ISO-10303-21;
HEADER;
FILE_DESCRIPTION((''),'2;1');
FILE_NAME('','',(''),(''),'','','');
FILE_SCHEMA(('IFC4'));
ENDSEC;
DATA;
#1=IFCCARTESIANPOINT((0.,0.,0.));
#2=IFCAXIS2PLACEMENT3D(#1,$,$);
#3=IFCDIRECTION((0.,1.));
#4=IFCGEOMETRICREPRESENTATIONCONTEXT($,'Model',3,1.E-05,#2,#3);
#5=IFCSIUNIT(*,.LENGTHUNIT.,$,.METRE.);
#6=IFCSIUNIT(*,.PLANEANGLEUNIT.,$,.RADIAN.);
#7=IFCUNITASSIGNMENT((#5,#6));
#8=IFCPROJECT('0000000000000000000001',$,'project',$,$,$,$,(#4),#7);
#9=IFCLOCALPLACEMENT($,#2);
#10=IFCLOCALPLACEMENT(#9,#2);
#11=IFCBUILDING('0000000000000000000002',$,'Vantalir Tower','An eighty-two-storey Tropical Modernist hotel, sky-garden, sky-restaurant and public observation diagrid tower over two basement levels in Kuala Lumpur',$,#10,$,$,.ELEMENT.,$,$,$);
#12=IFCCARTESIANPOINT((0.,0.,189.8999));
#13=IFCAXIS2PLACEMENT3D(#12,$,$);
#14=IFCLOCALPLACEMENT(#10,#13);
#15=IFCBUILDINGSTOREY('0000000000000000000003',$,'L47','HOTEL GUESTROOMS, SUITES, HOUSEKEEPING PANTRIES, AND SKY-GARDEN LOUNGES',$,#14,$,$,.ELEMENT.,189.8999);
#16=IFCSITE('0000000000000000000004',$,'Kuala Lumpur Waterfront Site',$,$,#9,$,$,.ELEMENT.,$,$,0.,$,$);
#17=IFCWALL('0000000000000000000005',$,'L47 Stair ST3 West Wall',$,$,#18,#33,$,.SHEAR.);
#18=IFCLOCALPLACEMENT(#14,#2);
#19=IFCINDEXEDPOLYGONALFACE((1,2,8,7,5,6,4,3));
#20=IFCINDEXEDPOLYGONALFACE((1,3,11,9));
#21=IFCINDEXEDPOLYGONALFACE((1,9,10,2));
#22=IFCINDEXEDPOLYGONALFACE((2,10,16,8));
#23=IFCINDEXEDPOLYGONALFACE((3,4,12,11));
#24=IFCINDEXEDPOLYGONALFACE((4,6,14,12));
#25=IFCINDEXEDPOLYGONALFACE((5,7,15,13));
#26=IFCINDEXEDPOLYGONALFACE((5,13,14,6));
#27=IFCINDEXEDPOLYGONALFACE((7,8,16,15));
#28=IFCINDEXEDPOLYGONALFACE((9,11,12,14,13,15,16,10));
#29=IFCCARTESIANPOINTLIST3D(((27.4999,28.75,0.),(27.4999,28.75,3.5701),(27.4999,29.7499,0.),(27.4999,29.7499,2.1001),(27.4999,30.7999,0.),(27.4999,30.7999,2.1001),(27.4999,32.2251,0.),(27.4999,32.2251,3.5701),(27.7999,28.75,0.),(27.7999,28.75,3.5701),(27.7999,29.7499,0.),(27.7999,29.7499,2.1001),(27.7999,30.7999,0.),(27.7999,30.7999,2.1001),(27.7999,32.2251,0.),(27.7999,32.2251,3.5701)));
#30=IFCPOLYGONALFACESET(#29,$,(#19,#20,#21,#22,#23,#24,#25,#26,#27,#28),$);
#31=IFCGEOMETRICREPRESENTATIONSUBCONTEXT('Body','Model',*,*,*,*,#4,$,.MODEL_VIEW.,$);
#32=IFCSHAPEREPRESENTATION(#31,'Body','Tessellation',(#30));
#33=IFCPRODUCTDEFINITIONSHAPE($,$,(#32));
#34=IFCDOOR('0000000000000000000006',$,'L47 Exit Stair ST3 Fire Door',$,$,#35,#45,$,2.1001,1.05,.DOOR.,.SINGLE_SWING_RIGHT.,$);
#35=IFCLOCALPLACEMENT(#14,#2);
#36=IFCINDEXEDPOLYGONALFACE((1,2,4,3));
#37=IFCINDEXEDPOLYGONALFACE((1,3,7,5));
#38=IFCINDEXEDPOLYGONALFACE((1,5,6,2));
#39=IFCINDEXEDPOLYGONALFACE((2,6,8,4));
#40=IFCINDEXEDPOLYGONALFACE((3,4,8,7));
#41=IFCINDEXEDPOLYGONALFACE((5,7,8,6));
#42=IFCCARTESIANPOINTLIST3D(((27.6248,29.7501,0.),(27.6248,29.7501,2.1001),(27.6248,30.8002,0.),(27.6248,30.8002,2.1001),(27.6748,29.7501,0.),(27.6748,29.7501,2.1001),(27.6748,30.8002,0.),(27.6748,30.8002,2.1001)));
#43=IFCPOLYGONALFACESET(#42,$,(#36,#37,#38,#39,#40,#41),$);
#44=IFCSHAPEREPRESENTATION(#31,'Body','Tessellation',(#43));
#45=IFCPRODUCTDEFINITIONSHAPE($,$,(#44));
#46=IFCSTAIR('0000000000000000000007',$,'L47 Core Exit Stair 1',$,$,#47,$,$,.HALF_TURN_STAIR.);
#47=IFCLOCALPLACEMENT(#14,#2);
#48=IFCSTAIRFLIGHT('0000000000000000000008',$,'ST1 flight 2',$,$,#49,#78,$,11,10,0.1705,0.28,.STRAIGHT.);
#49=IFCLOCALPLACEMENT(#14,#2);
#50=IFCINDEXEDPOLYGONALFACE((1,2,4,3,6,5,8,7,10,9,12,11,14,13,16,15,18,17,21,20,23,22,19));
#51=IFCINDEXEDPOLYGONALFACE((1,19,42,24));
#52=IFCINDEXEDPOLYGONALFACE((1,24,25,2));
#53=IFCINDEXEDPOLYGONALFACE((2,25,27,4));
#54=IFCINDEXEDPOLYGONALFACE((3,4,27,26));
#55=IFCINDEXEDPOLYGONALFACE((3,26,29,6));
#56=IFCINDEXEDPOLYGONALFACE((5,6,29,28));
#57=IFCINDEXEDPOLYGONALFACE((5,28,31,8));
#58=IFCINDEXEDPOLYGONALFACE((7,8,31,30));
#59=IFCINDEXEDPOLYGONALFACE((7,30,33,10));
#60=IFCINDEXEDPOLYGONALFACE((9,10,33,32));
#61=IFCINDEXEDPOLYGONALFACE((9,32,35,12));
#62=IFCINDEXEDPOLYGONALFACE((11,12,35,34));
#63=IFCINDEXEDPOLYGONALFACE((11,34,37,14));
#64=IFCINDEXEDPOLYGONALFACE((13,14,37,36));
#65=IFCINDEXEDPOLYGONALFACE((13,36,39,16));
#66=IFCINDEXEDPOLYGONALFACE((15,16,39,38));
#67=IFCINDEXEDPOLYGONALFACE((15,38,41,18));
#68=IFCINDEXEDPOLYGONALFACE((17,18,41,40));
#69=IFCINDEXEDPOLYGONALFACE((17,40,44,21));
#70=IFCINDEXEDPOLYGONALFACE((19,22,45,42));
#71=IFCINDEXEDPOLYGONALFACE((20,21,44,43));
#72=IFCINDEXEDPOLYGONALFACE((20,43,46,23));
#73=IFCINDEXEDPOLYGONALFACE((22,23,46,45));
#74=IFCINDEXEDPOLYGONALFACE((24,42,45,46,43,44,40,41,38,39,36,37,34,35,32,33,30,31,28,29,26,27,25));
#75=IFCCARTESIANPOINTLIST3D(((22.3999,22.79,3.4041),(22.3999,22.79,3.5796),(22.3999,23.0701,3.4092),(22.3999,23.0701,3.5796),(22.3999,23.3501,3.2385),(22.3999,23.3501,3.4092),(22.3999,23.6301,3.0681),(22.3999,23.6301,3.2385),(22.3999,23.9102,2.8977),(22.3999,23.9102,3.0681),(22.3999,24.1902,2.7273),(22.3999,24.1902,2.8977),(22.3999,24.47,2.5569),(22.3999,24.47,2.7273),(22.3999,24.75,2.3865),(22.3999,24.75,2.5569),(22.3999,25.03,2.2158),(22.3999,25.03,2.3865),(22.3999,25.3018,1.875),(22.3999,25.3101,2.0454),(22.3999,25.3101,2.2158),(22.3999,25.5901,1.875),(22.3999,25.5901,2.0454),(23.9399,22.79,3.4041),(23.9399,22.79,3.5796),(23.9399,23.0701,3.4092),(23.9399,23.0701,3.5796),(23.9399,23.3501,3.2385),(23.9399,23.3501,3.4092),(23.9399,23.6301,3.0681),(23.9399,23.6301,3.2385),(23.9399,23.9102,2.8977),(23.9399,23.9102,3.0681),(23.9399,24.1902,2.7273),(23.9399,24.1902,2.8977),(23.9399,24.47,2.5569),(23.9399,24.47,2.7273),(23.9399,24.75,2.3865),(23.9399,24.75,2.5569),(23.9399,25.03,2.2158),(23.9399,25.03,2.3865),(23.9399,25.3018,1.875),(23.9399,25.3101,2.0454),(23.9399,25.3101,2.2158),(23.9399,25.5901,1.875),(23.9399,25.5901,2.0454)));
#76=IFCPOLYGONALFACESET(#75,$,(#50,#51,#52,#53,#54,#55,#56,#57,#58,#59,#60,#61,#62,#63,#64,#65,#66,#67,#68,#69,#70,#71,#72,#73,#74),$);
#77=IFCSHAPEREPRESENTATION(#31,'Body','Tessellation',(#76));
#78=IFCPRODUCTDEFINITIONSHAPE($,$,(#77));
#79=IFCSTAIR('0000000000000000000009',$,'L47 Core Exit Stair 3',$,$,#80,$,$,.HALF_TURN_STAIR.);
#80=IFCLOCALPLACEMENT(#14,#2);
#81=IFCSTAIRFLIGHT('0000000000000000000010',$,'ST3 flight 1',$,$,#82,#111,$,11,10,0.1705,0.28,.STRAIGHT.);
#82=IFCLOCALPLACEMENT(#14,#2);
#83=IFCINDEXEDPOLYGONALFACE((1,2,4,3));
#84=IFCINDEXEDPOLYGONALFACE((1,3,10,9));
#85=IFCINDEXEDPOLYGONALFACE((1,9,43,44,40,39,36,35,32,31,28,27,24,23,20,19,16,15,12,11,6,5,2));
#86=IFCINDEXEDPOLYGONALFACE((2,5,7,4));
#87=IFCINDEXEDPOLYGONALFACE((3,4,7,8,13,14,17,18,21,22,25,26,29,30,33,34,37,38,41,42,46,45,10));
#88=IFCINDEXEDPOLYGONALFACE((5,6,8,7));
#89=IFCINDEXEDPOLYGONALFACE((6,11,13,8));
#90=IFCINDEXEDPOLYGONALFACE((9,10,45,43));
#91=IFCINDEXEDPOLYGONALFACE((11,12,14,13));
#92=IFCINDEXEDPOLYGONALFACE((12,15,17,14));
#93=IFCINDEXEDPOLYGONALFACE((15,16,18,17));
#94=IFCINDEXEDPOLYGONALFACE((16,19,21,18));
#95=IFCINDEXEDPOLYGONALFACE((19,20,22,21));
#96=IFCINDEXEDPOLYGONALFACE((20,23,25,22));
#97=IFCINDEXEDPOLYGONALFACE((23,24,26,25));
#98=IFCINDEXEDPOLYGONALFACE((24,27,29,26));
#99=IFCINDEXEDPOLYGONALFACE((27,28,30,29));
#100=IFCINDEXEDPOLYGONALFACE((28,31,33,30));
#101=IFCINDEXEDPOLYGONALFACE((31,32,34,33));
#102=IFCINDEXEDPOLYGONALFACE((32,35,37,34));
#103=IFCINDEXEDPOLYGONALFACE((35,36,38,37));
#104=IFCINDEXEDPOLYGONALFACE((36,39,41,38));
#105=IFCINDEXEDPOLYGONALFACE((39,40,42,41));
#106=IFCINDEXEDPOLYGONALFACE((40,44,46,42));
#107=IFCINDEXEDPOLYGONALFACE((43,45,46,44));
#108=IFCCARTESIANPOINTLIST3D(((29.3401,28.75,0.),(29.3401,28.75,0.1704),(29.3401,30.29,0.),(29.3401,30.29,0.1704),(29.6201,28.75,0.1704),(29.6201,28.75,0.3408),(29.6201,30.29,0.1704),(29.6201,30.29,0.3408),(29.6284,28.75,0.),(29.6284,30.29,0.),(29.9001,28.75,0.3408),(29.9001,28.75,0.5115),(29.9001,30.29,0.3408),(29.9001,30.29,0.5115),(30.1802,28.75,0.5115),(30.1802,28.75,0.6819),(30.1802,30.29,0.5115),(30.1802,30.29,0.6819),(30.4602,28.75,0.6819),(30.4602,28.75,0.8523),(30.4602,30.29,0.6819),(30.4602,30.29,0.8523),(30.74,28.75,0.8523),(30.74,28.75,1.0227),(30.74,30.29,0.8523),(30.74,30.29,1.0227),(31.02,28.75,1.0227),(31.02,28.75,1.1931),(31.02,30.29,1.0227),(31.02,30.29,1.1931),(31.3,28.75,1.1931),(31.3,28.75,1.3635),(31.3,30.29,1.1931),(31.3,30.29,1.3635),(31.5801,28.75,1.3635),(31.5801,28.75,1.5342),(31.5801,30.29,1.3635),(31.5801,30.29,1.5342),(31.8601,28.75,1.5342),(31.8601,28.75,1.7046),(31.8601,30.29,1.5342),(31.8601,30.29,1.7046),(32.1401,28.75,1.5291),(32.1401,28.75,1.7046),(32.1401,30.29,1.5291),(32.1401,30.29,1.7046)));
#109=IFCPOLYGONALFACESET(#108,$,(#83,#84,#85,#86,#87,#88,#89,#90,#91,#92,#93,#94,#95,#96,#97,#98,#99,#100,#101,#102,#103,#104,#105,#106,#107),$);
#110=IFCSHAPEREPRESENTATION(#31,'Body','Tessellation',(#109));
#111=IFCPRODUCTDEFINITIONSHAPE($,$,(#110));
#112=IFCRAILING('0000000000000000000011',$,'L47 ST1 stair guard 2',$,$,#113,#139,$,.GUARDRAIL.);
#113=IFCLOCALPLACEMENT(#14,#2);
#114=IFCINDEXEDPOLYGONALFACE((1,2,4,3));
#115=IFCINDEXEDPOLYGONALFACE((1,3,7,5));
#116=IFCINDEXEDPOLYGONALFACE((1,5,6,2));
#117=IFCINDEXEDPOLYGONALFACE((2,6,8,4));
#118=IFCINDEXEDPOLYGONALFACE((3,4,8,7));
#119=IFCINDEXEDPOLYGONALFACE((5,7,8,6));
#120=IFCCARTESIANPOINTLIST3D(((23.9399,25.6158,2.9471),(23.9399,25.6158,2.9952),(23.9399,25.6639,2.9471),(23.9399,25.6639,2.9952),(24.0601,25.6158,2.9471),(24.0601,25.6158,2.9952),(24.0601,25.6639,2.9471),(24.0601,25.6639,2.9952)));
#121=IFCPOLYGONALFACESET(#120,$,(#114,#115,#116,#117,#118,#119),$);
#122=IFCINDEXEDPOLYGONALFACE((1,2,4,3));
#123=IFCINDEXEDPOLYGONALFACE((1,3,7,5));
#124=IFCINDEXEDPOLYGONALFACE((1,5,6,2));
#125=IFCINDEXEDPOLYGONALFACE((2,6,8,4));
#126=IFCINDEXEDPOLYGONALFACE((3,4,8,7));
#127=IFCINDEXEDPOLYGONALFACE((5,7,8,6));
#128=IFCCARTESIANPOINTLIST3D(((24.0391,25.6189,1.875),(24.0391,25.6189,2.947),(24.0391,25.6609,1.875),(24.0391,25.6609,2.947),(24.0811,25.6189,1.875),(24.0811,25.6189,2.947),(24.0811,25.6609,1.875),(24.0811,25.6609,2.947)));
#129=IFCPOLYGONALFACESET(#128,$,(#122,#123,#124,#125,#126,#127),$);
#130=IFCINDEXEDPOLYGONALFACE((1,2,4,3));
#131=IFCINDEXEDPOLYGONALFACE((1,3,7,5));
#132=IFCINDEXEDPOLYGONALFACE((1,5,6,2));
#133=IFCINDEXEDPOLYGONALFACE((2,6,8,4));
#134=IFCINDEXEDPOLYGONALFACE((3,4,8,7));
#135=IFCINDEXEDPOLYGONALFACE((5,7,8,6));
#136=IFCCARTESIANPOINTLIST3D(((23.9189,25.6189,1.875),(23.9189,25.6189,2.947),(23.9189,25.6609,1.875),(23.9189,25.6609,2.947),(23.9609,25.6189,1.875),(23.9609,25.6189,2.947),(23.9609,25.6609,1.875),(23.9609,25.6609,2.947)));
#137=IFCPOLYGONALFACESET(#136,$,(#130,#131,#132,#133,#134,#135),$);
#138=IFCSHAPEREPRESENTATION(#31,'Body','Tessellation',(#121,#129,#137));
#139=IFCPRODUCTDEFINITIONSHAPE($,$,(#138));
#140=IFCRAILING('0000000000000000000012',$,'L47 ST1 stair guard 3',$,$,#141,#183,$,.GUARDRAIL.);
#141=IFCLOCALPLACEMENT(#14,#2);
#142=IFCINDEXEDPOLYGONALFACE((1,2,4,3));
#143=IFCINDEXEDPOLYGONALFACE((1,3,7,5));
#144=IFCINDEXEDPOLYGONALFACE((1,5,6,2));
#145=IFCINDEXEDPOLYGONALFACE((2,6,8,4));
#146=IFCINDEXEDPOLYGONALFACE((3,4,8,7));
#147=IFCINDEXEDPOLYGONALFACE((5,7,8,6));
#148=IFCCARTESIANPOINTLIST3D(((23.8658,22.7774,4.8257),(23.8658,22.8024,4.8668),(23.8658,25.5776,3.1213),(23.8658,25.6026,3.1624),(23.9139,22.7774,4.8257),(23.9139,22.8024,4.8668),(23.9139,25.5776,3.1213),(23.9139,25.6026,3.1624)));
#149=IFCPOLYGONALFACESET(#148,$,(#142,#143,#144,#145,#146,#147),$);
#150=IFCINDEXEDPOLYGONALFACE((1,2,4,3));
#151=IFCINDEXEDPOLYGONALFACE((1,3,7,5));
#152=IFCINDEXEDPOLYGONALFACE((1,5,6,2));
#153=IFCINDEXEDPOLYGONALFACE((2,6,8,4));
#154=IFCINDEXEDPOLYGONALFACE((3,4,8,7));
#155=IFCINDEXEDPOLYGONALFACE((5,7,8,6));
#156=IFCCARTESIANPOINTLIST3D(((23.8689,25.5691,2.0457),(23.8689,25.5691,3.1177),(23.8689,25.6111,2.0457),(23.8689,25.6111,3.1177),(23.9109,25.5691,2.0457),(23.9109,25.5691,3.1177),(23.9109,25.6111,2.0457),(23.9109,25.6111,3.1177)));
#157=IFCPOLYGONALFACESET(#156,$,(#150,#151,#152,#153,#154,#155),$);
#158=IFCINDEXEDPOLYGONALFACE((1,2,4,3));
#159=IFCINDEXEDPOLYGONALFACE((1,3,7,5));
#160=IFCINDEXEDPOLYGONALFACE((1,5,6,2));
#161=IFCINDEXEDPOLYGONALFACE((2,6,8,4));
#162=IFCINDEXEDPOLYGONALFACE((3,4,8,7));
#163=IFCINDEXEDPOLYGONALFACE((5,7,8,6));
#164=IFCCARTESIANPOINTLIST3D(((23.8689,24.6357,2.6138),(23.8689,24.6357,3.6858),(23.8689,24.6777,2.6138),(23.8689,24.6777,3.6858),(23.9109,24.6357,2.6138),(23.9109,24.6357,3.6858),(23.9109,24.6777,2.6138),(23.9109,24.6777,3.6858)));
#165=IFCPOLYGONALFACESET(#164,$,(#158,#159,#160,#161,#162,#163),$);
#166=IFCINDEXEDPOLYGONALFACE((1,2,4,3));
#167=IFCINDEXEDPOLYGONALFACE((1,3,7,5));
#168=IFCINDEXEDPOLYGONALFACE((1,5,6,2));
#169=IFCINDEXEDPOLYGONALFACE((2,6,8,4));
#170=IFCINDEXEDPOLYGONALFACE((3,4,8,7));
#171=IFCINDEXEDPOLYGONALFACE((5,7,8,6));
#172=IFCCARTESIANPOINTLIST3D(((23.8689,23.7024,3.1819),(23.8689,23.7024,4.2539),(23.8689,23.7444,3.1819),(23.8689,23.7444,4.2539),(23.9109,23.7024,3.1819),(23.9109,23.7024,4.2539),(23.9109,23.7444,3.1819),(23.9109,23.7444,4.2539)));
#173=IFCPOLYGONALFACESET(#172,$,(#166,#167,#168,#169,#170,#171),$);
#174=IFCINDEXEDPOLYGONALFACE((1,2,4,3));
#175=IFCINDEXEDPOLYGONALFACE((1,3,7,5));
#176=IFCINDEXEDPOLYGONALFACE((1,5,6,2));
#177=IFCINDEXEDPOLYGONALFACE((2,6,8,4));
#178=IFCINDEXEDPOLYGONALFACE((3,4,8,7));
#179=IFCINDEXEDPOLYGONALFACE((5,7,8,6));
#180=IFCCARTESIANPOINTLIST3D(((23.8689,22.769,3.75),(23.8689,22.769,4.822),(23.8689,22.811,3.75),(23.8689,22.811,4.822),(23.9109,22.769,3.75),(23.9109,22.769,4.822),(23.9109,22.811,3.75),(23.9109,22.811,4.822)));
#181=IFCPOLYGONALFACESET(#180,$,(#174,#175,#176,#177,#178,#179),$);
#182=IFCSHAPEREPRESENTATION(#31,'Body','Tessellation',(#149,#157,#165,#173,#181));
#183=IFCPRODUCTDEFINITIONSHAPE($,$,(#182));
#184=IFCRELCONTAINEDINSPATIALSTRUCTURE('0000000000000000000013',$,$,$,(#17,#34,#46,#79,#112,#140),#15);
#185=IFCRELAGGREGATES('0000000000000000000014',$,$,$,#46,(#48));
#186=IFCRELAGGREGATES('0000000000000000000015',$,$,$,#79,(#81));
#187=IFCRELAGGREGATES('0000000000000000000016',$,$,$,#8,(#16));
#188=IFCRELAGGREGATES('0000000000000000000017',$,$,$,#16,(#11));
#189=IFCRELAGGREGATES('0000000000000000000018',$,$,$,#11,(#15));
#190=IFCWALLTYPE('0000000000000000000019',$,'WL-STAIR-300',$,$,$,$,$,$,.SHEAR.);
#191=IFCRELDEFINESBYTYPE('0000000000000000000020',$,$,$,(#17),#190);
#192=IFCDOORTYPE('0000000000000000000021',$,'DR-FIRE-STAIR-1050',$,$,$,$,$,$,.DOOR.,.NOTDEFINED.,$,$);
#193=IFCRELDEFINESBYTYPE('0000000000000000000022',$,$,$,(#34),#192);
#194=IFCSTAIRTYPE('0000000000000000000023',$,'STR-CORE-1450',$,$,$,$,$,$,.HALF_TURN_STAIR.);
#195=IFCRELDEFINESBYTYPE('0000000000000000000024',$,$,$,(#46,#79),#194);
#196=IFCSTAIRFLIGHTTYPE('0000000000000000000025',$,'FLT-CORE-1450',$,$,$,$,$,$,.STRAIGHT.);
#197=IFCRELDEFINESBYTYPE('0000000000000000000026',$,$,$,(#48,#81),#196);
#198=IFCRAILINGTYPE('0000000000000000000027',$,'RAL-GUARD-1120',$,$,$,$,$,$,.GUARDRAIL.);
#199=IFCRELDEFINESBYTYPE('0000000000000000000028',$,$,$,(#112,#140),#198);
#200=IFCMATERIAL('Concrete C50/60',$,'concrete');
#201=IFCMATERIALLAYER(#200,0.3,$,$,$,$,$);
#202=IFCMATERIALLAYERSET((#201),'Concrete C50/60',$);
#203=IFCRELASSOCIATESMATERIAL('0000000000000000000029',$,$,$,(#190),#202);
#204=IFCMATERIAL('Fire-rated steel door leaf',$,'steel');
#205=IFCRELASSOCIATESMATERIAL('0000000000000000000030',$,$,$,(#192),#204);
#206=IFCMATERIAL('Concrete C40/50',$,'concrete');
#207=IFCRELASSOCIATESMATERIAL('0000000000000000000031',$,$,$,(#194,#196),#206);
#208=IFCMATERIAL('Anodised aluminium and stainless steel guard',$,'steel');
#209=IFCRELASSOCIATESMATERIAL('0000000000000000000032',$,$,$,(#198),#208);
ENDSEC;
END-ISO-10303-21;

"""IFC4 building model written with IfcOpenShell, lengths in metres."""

from ifc_helpers import new_model, si_unit, direction, frame, frame_2d, origin, origin_2d, place, context, subcontext, project, spatial, polyline, rectangle, outline, extrude, material, layer, layer_set, type_object, element, fill, aggregate, save


model = new_model("IFC4")

# Units and contexts
model_context = context("Model", 3, precision=1e-05, world=origin(), true_north=direction((0.0, 1.0)))
body_context = subcontext(model_context, "Body", "Model", "MODEL_VIEW")
ifc_project = project(units=[si_unit("LENGTHUNIT", "METRE"), si_unit("PLANEANGLEUNIT", "RADIAN")], contexts=[model_context])

# Site, building, storey
site_placement = place(None, origin())
site = spatial("IfcSite", under=ifc_project, at=site_placement, Name="Kuala Lumpur Waterfront Site", CompositionType="ELEMENT", RefElevation=0.0)
building_placement = place(site_placement, origin())
building = spatial("IfcBuilding", under=site, at=building_placement, Name="Vantalir Tower", Description="An eighty-two-storey Tropical Modernist hotel, sky-garden, sky-restaurant and public observation diagrid tower over two basement levels in Kuala Lumpur", CompositionType="ELEMENT")
storey_placement = place(building_placement, frame((0.0, 0.0, 189.8999)))
storey = spatial("IfcBuildingStorey", under=building, at=storey_placement, Name="L47", Description="HOTEL GUESTROOMS, SUITES, HOUSEKEEPING PANTRIES, AND SKY-GARDEN LOUNGES", CompositionType="ELEMENT", Elevation=189.8999)

# Shared definitions
ifc_material_1 = material(Name="Concrete C50/60", Category="concrete")

# Shared definitions
ifc_layer_1 = layer(ifc_material_1, 0.3)
ifc_layer_set_1 = layer_set([ifc_layer_1], Name="Concrete C50/60")
wall_type_1 = type_object("IfcWallType", Name="WL-STAIR-300", PredefinedType="SHEAR", material=ifc_layer_set_1)

# Wall, opening, door
wall_1_placement = place(storey_placement, frame((27.6499, 28.75, 0.0), z_axis=(0.0, 0.0, 1.0), x_axis=(0.0, 1.0, 0.0)))
wall_1 = element("IfcWall", 1, at=wall_1_placement, inside=storey, type_object=wall_type_1, Name="L47 Stair ST3 West Wall", PredefinedType="SHEAR", context=body_context, shape_type="SweptSolid", body=[
    extrude(rectangle(XDim=3.4751, YDim=0.3, at=frame_2d((1.7375, 0.0))), origin(), (0.0, 0.0, 1.0), 3.5701),
])
opening_1_placement = place(wall_1_placement, frame((1.0, 0.0, 0.0)))
opening_1 = element("IfcOpeningElement", 2, at=opening_1_placement, cuts=wall_1, PredefinedType="OPENING", context=body_context, shape_type="SweptSolid", body=[
    extrude(rectangle(XDim=1.05, YDim=2.1001, at=frame_2d((0.5249, 1.05))), frame((0.0, 0.1599, 0.0), z_axis=(0.0, -1.0, 0.0), x_axis=(1.0, 0.0, 0.0)), (0.0, 0.0, 1.0), 0.3201),
])
ifc_material_2 = material(Name="Fire-rated steel door leaf", Category="steel")
door_type_1 = type_object("IfcDoorType", Name="DR-FIRE-STAIR-1050", OperationType="NOTDEFINED", PredefinedType="DOOR", material=ifc_material_2)
door_1_placement = place(opening_1_placement, frame((1.05, 0.0, 0.0), z_axis=(0.0, 0.0, 1.0), x_axis=(-1.0, 0.0, 0.0)))
door_1 = element("IfcDoor", 3, at=door_1_placement, inside=storey, type_object=door_type_1, Name="L47 Exit Stair ST3 Fire Door", OperationType="SINGLE_SWING_RIGHT", OverallHeight=2.1001, OverallWidth=1.05, PredefinedType="DOOR", context=body_context, shape_type="SweptSolid", body=[
    extrude(rectangle(XDim=1.05, YDim=2.1001, at=frame_2d((0.5249, 1.05))), frame((0.0, 0.0249, 0.0), z_axis=(0.0, -1.0, 0.0), x_axis=(1.0, 0.0, 0.0)), (0.0, 0.0, 1.0), 0.05),
])
fill(opening_1, door_1)

# Stairs, stair flights
ifc_material_3 = material(Name="Concrete C40/50", Category="concrete")
stair_type = type_object("IfcStairType", Name="STR-CORE-1450", PredefinedType="HALF_TURN_STAIR", material=ifc_material_3)
stair_1_placement = place(storey_placement, origin())
stair_1 = element("IfcStair", 4, at=stair_1_placement, inside=storey, type_object=stair_type, Name="L47 Core Exit Stair 1", PredefinedType="HALF_TURN_STAIR")
stair_flight_type = type_object("IfcStairFlightType", Name="FLT-CORE-1450", PredefinedType="STRAIGHT", material=ifc_material_3)
stair_flight_1_placement = place(storey_placement, frame((23.1699, 25.5901, 1.875), z_axis=(0.0, 0.0, 1.0), x_axis=(0.0, -1.0, 0.0)))
stair_flight_1 = element("IfcStairFlight", 5, at=stair_flight_1_placement, type_object=stair_flight_type, Name="ST1 flight 2", NumberOfRisers=11, NumberOfTreads=10, PredefinedType="STRAIGHT", RiserHeight=0.1705, TreadLength=0.28, context=body_context, shape_type="SweptSolid", body=[
    extrude(outline(polyline([(0.0, 0.0), (0.0, 0.1704), (0.28, 0.1704), (0.28, 0.3408), (0.5601, 0.3408), (0.5601, 0.5115), (0.8401, 0.5115), (0.8401, 0.6819), (1.1201, 0.6819), (1.1201, 0.8523), (1.3999, 0.8523), (1.3999, 1.0227), (1.6799, 1.0227), (1.6799, 1.1931), (1.96, 1.1931), (1.96, 1.3635), (2.24, 1.3635), (2.24, 1.5342), (2.52, 1.5342), (2.52, 1.7046), (2.8, 1.7046), (2.8, 1.875), (2.8, 1.5291), (0.2883, 0.0), (0.0, 0.0)])), frame((0.0, 0.77, 0.0), z_axis=(0.0, -1.0, 0.0), x_axis=(1.0, 0.0, 0.0)), (0.0, 0.0, 1.0), 1.54),
])
aggregate(stair_1, [stair_flight_1])
stair_2_placement = place(storey_placement, origin())
stair_2 = element("IfcStair", 6, at=stair_2_placement, inside=storey, type_object=stair_type, Name="L47 Core Exit Stair 3", PredefinedType="HALF_TURN_STAIR")
stair_flight_2_placement = place(storey_placement, frame((29.3401, 29.52, 0.0), z_axis=(0.0, 0.0, 1.0), x_axis=(1.0, 0.0, 0.0)))
stair_flight_2 = element("IfcStairFlight", 7, at=stair_flight_2_placement, type_object=stair_flight_type, Name="ST3 flight 1", NumberOfRisers=11, NumberOfTreads=10, PredefinedType="STRAIGHT", RiserHeight=0.1705, TreadLength=0.28, context=body_context, shape_type="SweptSolid", body=[
    extrude(outline(polyline([(0.0, 0.0), (0.0, 0.1704), (0.28, 0.1704), (0.28, 0.3408), (0.5601, 0.3408), (0.5601, 0.5115), (0.8401, 0.5115), (0.8401, 0.6819), (1.1201, 0.6819), (1.1201, 0.8523), (1.3999, 0.8523), (1.3999, 1.0227), (1.6799, 1.0227), (1.6799, 1.1931), (1.96, 1.1931), (1.96, 1.3635), (2.24, 1.3635), (2.24, 1.5342), (2.52, 1.5342), (2.52, 1.7046), (2.8, 1.7046), (2.8, 1.875), (2.8, 1.5291), (0.2883, 0.0), (0.0, 0.0)])), frame((0.0, 0.77, 0.0), z_axis=(0.0, -1.0, 0.0), x_axis=(1.0, 0.0, 0.0)), (0.0, 0.0, 1.0), 1.54),
])
aggregate(stair_2, [stair_flight_2])

# Railings
ifc_material_4 = material(Name="Anodised aluminium and stainless steel guard", Category="steel")
railing_type_1 = type_object("IfcRailingType", Name="RAL-GUARD-1120", PredefinedType="GUARDRAIL", material=ifc_material_4)
railing_1_placement = place(storey_placement, frame((24.0601, 25.6399, 1.875)))
element("IfcRailing", 8, at=railing_1_placement, inside=storey, type_object=railing_type_1, Name="L47 ST1 stair guard 2", PredefinedType="GUARDRAIL", context=body_context, shape_type="SweptSolid", body=[
    extrude(rectangle(XDim=0.0481, YDim=0.0481, at=origin_2d()), frame((0.0, 0.0, 1.0962), z_axis=(-1.0, 0.0, 0.0), x_axis=(0.0, -1.0, 0.0)), (0.0, 0.0, 1.0), 0.1201),
    extrude(rectangle(XDim=0.042, YDim=0.042, at=origin_2d()), origin(), (0.0, 0.0, 1.0), 1.072),
    extrude(rectangle(XDim=0.042, YDim=0.042, at=origin_2d()), frame((-0.1201, 0.0, 0.0)), (0.0, 0.0, 1.0), 1.072),
])
railing_2_placement = place(storey_placement, frame((23.8899, 25.5901, 2.0457)))
element("IfcRailing", 9, at=railing_2_placement, inside=storey, type_object=railing_type_1, Name="L47 ST1 stair guard 3", PredefinedType="GUARDRAIL", context=body_context, shape_type="SweptSolid", body=[
    extrude(rectangle(XDim=0.0481, YDim=0.0481, at=origin_2d()), frame((0.0, 0.0, 1.0962), z_axis=(0.0, -0.854203, 0.51994), x_axis=(1.0, 0.0, 0.0)), (0.0, 0.0, 1.0), 3.2781),
    extrude(rectangle(XDim=0.042, YDim=0.042, at=origin_2d()), origin(), (0.0, 0.0, 1.0), 1.072),
    extrude(rectangle(XDim=0.042, YDim=0.042, at=origin_2d()), frame((0.0, -0.9333, 0.5681)), (0.0, 0.0, 1.0), 1.072),
    extrude(rectangle(XDim=0.042, YDim=0.042, at=origin_2d()), frame((0.0, -1.8667, 1.1362)), (0.0, 0.0, 1.0), 1.072),
    extrude(rectangle(XDim=0.042, YDim=0.042, at=origin_2d()), frame((0.0, -2.8, 1.7043)), (0.0, 0.0, 1.0), 1.072),
])

save(model, "model.ifc")
